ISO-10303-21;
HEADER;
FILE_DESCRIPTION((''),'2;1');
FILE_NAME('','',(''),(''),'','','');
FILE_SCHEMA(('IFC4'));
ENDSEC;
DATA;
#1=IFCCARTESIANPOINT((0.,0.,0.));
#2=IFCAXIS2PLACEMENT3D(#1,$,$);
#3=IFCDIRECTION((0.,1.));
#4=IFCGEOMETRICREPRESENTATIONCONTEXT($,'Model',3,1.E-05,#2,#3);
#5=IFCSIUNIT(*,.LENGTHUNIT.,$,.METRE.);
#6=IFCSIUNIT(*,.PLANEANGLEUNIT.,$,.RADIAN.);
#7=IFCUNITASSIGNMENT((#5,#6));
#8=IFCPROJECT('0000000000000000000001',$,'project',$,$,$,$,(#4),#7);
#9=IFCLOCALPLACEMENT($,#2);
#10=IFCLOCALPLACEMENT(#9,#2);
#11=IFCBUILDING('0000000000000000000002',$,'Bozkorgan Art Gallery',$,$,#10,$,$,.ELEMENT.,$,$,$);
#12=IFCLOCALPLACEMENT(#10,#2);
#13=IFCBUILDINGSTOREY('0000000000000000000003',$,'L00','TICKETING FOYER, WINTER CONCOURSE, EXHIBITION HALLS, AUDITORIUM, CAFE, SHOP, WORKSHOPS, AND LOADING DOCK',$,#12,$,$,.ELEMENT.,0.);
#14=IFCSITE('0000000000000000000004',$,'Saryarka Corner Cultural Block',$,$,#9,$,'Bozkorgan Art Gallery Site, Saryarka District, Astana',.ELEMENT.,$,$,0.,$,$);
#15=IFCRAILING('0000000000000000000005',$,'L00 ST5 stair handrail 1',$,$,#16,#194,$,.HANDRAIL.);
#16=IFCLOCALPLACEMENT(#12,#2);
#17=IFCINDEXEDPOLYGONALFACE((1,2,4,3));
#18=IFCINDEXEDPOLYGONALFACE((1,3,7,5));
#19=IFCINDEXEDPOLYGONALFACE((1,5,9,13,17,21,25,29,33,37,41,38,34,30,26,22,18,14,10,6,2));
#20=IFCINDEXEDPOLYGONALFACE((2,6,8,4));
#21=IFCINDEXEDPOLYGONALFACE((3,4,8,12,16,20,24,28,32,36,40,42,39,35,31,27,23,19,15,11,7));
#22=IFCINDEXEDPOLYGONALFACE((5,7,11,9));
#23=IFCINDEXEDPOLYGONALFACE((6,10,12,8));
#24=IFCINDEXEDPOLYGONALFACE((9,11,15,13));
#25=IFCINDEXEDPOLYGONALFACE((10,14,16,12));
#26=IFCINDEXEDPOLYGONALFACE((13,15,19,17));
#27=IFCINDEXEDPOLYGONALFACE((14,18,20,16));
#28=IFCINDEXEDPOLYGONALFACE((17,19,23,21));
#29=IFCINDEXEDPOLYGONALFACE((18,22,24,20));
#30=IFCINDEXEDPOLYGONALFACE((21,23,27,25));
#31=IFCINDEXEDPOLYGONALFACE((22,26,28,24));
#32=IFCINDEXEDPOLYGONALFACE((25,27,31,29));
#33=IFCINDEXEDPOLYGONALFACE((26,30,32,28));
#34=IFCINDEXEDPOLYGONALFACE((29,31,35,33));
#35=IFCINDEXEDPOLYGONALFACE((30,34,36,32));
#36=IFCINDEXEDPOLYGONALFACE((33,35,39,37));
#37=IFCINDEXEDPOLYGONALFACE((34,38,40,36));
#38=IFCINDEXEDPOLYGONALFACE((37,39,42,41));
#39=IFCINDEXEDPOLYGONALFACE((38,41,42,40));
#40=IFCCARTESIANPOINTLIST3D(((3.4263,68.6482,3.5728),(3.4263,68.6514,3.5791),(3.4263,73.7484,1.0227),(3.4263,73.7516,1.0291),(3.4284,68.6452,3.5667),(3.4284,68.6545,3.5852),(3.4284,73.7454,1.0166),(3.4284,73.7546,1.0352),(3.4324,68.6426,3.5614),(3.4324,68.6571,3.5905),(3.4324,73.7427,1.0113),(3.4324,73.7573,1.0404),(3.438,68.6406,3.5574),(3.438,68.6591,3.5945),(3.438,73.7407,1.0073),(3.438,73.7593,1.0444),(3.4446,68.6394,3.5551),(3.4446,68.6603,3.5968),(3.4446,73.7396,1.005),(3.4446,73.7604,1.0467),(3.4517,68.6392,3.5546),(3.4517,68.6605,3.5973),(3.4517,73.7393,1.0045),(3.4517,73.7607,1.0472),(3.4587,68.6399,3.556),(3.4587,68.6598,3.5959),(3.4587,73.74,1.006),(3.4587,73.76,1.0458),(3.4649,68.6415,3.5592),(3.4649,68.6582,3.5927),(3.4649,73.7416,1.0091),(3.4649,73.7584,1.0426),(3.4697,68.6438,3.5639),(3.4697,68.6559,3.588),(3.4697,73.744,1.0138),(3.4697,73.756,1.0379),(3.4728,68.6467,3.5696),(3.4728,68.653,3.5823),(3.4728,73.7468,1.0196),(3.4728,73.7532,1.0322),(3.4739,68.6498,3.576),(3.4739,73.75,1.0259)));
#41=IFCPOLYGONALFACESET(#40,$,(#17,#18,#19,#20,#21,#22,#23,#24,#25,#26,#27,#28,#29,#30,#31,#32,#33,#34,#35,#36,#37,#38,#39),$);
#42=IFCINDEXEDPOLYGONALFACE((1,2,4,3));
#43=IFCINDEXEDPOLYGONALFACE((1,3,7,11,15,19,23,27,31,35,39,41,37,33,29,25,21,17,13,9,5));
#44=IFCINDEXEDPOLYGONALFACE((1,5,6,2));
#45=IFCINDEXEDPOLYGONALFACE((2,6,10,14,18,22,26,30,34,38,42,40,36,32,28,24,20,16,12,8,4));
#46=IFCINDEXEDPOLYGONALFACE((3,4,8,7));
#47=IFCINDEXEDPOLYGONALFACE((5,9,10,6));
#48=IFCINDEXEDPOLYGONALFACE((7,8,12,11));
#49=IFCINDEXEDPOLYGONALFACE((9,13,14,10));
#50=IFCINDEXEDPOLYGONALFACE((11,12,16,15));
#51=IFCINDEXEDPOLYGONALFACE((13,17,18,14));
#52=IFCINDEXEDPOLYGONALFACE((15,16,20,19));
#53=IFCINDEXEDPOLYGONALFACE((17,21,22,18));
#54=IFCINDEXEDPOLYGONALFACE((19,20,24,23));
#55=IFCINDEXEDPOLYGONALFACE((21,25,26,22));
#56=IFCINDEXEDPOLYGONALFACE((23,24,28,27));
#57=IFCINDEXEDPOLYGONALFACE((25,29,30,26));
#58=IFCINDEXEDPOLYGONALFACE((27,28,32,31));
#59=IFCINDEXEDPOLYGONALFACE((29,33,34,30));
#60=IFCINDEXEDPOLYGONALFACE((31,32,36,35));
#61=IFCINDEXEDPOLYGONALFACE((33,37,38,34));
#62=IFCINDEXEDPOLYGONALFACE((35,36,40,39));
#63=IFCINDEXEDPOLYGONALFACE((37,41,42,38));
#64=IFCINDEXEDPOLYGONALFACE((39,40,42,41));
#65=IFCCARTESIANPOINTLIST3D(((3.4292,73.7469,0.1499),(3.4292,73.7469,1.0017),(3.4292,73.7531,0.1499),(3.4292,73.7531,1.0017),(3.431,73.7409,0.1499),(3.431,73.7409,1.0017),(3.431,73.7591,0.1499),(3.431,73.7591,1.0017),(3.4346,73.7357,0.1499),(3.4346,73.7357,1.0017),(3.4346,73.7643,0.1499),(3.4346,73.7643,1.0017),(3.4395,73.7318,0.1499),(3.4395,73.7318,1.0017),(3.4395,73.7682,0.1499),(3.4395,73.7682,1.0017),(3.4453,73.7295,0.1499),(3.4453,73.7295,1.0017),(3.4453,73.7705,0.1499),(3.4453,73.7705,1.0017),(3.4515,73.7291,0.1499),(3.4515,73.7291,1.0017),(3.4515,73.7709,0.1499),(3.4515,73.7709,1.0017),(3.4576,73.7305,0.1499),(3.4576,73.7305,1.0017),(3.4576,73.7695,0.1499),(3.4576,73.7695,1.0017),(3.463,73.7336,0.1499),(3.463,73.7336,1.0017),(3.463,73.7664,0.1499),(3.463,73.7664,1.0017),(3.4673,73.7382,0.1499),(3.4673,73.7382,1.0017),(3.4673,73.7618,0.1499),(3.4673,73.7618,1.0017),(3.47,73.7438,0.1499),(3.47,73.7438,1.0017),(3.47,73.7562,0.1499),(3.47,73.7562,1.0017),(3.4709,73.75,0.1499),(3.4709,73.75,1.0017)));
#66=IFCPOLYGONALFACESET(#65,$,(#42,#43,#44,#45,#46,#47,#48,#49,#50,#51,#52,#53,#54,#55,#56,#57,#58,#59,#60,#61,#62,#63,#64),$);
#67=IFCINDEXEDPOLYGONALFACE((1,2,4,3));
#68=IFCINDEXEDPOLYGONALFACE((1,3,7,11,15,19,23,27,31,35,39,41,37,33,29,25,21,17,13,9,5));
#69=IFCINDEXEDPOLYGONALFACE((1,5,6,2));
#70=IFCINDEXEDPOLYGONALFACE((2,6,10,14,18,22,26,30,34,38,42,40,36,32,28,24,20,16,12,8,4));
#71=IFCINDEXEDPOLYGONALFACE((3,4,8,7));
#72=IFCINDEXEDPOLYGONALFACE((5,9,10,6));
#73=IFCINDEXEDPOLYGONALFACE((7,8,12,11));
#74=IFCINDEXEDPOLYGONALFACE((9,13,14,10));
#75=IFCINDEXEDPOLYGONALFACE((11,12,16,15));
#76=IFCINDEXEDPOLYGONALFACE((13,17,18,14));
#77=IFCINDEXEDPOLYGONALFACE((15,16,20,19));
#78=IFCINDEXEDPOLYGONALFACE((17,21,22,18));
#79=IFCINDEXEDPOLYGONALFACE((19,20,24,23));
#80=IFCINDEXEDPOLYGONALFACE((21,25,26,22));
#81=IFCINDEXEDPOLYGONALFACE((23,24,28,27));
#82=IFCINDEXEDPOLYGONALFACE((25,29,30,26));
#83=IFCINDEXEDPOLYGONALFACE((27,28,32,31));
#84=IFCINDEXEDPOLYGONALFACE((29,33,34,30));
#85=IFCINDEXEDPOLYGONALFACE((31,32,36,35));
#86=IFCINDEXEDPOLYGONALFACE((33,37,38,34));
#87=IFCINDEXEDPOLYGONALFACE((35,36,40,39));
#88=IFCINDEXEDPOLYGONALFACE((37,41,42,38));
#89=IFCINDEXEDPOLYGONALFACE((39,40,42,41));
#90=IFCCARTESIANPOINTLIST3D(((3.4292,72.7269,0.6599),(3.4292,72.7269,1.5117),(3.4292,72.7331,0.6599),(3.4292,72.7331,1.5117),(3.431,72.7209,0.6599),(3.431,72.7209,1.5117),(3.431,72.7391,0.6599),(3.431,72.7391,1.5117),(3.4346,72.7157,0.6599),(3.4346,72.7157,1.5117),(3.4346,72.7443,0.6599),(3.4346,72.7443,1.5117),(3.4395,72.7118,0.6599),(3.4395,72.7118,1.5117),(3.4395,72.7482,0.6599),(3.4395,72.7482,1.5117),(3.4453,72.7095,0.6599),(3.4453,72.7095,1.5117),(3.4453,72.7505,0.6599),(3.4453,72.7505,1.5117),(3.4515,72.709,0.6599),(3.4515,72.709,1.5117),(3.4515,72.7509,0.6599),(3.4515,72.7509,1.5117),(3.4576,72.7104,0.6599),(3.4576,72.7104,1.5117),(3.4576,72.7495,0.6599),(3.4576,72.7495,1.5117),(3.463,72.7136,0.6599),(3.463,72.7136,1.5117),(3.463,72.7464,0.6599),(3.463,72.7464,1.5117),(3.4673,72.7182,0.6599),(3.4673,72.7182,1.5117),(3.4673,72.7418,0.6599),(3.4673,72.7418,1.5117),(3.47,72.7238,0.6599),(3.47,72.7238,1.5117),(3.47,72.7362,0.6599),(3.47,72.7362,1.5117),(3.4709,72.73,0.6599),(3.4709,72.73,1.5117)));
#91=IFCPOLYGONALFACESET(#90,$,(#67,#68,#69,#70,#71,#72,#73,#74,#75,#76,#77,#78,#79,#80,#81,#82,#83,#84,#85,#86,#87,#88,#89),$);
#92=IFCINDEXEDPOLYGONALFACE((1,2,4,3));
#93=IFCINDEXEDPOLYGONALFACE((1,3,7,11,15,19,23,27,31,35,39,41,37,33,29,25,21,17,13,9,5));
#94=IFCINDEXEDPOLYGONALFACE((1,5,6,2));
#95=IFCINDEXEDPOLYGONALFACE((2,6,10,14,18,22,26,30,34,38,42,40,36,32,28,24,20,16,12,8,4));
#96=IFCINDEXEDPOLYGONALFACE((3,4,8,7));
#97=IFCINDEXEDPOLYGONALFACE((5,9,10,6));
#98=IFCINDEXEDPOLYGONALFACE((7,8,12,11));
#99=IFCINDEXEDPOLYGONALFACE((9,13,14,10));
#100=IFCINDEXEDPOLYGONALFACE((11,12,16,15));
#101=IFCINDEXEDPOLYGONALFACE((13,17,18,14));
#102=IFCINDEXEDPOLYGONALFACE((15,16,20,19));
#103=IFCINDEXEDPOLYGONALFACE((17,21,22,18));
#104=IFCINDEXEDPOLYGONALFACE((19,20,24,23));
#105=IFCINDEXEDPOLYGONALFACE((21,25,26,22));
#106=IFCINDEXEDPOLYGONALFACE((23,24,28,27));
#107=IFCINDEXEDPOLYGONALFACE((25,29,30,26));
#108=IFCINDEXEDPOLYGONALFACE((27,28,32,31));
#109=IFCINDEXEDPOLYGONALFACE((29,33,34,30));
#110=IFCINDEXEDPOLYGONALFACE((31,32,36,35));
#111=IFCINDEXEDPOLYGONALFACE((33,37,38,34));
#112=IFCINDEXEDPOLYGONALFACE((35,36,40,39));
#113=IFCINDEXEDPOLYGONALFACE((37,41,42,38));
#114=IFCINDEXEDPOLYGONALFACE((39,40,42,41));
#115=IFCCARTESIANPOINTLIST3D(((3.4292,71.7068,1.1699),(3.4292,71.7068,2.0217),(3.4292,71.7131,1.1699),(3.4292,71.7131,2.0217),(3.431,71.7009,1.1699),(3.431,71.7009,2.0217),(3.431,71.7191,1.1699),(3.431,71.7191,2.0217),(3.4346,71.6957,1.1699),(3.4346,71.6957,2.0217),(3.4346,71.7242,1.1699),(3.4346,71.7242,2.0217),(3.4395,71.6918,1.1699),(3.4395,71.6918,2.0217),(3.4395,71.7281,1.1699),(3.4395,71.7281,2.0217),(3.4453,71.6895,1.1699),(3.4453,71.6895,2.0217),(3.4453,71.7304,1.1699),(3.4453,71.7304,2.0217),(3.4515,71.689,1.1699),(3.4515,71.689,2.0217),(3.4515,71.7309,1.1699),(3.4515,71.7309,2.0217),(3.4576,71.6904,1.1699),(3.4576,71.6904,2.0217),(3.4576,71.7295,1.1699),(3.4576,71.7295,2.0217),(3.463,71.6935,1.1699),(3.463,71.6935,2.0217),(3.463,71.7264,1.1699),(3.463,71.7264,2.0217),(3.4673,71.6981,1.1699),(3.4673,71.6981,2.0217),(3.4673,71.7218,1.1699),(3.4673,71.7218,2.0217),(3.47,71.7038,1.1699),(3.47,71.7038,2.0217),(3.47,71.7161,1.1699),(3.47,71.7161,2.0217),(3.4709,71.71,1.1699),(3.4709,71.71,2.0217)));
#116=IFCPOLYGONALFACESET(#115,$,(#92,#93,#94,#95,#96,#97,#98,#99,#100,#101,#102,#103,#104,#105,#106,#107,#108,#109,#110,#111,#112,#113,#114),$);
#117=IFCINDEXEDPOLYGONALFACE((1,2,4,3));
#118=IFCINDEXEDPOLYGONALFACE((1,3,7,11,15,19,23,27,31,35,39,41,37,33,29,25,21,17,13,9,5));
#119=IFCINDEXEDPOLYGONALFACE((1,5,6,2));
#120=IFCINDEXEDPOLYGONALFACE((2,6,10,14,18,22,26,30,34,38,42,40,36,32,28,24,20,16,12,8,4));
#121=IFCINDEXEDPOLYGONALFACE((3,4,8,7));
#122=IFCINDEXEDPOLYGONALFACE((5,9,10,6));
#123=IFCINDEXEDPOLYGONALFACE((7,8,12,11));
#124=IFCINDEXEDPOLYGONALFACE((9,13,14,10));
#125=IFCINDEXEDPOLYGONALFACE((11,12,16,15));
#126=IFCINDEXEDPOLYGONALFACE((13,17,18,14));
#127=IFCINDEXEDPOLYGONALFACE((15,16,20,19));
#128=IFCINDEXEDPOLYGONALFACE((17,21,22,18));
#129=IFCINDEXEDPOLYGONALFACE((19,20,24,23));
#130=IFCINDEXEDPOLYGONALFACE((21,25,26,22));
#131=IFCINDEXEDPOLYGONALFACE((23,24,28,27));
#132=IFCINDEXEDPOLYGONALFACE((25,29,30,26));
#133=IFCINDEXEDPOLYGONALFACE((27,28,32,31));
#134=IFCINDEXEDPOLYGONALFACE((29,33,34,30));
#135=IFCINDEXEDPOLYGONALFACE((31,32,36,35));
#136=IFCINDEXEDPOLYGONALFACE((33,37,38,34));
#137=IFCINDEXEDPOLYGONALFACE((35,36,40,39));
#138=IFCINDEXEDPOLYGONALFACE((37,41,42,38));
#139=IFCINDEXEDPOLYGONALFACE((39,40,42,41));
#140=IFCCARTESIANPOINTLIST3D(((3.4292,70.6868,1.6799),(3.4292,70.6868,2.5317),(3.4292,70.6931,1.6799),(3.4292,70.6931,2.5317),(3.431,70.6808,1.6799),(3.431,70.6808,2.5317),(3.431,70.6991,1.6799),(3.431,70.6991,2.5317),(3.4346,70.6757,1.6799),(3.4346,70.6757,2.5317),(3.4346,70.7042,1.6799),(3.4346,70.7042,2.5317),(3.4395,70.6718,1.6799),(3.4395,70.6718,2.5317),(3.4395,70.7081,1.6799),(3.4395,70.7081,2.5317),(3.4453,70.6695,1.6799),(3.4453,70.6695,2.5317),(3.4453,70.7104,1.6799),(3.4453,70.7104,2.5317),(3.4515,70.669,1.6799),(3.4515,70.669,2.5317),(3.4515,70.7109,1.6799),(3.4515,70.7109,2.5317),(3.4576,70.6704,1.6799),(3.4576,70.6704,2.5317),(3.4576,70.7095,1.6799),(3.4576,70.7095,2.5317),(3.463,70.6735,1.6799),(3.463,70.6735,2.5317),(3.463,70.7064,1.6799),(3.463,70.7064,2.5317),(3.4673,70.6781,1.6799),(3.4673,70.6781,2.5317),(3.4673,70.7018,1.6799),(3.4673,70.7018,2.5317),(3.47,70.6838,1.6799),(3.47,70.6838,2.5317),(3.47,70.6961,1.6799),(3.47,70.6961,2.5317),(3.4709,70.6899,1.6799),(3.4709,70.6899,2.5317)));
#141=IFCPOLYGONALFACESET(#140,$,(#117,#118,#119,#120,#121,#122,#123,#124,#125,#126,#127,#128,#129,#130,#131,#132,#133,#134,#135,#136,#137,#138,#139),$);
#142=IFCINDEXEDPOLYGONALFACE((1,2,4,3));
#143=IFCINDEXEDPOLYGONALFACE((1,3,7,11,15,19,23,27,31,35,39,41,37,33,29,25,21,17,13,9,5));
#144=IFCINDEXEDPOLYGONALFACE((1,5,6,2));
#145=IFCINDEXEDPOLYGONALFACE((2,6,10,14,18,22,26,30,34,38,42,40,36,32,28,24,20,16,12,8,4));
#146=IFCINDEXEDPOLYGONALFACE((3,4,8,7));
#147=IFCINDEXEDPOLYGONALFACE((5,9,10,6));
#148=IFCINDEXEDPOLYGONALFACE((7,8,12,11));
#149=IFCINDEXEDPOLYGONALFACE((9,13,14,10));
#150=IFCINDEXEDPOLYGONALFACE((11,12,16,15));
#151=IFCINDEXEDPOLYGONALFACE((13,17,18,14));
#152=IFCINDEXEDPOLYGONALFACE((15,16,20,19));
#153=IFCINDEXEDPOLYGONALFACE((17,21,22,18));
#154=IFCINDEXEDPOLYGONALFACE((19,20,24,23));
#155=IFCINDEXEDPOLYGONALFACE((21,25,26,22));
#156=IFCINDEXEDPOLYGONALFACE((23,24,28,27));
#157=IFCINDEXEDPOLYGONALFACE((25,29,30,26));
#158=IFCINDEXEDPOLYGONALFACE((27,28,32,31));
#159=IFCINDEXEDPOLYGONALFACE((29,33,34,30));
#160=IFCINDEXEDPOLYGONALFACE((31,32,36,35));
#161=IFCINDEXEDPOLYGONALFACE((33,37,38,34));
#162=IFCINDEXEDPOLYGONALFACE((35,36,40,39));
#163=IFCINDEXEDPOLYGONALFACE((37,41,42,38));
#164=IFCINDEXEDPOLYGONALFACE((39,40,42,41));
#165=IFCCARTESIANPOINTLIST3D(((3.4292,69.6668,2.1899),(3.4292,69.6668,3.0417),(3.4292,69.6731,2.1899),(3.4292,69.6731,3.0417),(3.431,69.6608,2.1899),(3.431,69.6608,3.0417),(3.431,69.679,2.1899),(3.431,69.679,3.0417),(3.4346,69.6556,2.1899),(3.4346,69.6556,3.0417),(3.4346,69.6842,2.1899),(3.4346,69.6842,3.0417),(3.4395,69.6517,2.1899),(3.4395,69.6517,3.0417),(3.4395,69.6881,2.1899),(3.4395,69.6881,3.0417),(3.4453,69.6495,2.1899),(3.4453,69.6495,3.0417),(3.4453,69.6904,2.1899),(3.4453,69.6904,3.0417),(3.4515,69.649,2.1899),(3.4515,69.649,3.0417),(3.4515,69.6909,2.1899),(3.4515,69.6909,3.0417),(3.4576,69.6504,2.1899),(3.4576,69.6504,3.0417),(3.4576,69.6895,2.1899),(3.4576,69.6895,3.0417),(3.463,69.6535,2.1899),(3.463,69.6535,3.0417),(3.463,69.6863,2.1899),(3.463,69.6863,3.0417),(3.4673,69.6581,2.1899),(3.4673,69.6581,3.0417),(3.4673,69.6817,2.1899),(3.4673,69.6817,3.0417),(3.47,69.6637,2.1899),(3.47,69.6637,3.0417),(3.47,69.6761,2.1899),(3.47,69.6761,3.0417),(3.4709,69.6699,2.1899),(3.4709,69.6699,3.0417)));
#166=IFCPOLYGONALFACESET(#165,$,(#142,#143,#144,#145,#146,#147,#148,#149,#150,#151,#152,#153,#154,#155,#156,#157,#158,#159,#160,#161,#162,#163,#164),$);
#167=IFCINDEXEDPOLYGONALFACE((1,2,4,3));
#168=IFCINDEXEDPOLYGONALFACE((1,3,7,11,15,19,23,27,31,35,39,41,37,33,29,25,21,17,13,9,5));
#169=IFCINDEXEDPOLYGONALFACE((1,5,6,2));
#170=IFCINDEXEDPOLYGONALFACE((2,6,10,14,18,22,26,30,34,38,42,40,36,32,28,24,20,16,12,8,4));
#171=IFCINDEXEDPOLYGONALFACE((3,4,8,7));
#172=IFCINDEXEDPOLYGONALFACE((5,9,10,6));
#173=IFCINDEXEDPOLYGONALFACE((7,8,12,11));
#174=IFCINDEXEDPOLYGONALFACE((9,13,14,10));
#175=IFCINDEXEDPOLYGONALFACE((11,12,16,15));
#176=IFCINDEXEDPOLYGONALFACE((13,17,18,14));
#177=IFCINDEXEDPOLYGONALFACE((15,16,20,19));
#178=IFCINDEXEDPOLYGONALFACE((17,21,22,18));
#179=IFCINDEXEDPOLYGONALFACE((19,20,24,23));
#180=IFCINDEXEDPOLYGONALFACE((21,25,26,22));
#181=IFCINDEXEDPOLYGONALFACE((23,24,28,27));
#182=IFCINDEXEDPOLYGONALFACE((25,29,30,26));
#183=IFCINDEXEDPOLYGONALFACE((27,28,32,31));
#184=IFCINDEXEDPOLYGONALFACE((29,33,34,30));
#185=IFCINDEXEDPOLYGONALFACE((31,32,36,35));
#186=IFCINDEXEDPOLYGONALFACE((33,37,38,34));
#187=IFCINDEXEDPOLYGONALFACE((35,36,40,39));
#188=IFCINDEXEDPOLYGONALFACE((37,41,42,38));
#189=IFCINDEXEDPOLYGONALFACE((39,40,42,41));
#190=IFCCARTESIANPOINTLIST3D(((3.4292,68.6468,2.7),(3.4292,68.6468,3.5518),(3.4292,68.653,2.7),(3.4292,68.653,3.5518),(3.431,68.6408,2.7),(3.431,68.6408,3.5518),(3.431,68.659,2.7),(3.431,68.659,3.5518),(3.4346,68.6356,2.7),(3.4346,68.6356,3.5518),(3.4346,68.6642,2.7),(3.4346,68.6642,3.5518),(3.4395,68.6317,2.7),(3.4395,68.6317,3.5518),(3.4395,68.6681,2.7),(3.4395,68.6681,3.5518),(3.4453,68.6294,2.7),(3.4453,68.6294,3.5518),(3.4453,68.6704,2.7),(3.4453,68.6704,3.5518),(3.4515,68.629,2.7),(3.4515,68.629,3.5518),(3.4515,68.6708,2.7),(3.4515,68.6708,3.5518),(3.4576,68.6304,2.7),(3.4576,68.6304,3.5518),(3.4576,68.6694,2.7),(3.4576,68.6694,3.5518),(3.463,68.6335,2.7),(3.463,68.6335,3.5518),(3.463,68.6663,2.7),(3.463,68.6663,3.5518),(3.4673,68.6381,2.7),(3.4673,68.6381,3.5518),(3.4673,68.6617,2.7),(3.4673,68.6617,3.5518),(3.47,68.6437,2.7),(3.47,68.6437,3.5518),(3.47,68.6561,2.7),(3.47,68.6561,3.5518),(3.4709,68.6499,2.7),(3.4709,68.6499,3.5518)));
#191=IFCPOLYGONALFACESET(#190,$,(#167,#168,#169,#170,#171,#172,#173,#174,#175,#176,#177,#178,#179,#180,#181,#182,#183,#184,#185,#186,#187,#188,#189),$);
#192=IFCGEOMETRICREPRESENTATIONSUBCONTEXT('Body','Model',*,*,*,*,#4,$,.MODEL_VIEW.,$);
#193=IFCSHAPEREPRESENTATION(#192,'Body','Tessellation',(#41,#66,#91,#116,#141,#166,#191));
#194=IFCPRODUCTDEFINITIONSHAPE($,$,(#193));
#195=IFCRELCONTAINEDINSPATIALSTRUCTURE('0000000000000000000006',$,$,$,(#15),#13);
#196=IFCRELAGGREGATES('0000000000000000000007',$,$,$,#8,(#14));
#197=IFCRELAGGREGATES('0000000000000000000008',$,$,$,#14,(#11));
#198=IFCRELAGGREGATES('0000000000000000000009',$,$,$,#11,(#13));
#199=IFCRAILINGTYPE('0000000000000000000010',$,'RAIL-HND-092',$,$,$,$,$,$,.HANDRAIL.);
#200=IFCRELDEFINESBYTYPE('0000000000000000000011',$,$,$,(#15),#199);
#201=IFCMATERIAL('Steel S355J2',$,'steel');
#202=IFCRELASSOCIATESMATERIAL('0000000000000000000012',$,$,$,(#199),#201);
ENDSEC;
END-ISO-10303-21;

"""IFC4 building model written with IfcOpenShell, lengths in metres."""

from ifc_helpers import new_model, si_unit, direction, frame, origin, origin_2d, place, context, subcontext, project, spatial, circle, extrude, material, type_object, element, save


model = new_model("IFC4")

# Units and contexts
model_context = context("Model", 3, precision=1e-05, world=origin(), true_north=direction((0.0, 1.0)))
body_context = subcontext(model_context, "Body", "Model", "MODEL_VIEW")
ifc_project = project(units=[si_unit("LENGTHUNIT", "METRE"), si_unit("PLANEANGLEUNIT", "RADIAN")], contexts=[model_context])

# Site, building, storey
site_placement = place(None, origin())
site = spatial("IfcSite", under=ifc_project, at=site_placement, Name="Saryarka Corner Cultural Block", LongName="Bozkorgan Art Gallery Site, Saryarka District, Astana", CompositionType="ELEMENT", RefElevation=0.0)
building_placement = place(site_placement, origin())
building = spatial("IfcBuilding", under=site, at=building_placement, Name="Bozkorgan Art Gallery", CompositionType="ELEMENT")
storey_placement = place(building_placement, origin())
storey = spatial("IfcBuildingStorey", under=building, at=storey_placement, Name="L00", Description="TICKETING FOYER, WINTER CONCOURSE, EXHIBITION HALLS, AUDITORIUM, CAFE, SHOP, WORKSHOPS, AND LOADING DOCK", CompositionType="ELEMENT", Elevation=0.0)

# Shared definitions
ifc_material_1 = material(Name="Steel S355J2", Category="steel")

# Railing
railing_type_1 = type_object("IfcRailingType", Name="RAIL-HND-092", PredefinedType="HANDRAIL", material=ifc_material_1)
railing_1_placement = place(storey_placement, frame((3.45, 73.75, 0.1499)))
element("IfcRailing", 1, at=railing_1_placement, inside=storey, type_object=railing_type_1, Name="L00 ST5 stair handrail 1", PredefinedType="HANDRAIL", context=body_context, shape_type="SweptSolid", body=[
    extrude(circle(Radius=0.0239, at=origin_2d()), frame((0.0, 0.0, 0.876), z_axis=(0.0, -0.894427, 0.447214), x_axis=(1.0, 0.0, 0.0)), (0.0, 0.0, 1.0), 5.7021),
    extrude(circle(Radius=0.021, at=origin_2d()), origin(), (0.0, 0.0, 1.0), 0.8518),
    extrude(circle(Radius=0.021, at=origin_2d()), frame((0.0, -1.02, 0.51)), (0.0, 0.0, 1.0), 0.8518),
    extrude(circle(Radius=0.021, at=origin_2d()), frame((0.0, -2.04, 1.02)), (0.0, 0.0, 1.0), 0.8518),
    extrude(circle(Radius=0.021, at=origin_2d()), frame((0.0, -3.0601, 1.53)), (0.0, 0.0, 1.0), 0.8518),
    extrude(circle(Radius=0.021, at=origin_2d()), frame((0.0, -4.0801, 2.04)), (0.0, 0.0, 1.0), 0.8518),
    extrude(circle(Radius=0.021, at=origin_2d()), frame((0.0, -5.1001, 2.55)), (0.0, 0.0, 1.0), 0.8518),
])

save(model, "model.ifc")
